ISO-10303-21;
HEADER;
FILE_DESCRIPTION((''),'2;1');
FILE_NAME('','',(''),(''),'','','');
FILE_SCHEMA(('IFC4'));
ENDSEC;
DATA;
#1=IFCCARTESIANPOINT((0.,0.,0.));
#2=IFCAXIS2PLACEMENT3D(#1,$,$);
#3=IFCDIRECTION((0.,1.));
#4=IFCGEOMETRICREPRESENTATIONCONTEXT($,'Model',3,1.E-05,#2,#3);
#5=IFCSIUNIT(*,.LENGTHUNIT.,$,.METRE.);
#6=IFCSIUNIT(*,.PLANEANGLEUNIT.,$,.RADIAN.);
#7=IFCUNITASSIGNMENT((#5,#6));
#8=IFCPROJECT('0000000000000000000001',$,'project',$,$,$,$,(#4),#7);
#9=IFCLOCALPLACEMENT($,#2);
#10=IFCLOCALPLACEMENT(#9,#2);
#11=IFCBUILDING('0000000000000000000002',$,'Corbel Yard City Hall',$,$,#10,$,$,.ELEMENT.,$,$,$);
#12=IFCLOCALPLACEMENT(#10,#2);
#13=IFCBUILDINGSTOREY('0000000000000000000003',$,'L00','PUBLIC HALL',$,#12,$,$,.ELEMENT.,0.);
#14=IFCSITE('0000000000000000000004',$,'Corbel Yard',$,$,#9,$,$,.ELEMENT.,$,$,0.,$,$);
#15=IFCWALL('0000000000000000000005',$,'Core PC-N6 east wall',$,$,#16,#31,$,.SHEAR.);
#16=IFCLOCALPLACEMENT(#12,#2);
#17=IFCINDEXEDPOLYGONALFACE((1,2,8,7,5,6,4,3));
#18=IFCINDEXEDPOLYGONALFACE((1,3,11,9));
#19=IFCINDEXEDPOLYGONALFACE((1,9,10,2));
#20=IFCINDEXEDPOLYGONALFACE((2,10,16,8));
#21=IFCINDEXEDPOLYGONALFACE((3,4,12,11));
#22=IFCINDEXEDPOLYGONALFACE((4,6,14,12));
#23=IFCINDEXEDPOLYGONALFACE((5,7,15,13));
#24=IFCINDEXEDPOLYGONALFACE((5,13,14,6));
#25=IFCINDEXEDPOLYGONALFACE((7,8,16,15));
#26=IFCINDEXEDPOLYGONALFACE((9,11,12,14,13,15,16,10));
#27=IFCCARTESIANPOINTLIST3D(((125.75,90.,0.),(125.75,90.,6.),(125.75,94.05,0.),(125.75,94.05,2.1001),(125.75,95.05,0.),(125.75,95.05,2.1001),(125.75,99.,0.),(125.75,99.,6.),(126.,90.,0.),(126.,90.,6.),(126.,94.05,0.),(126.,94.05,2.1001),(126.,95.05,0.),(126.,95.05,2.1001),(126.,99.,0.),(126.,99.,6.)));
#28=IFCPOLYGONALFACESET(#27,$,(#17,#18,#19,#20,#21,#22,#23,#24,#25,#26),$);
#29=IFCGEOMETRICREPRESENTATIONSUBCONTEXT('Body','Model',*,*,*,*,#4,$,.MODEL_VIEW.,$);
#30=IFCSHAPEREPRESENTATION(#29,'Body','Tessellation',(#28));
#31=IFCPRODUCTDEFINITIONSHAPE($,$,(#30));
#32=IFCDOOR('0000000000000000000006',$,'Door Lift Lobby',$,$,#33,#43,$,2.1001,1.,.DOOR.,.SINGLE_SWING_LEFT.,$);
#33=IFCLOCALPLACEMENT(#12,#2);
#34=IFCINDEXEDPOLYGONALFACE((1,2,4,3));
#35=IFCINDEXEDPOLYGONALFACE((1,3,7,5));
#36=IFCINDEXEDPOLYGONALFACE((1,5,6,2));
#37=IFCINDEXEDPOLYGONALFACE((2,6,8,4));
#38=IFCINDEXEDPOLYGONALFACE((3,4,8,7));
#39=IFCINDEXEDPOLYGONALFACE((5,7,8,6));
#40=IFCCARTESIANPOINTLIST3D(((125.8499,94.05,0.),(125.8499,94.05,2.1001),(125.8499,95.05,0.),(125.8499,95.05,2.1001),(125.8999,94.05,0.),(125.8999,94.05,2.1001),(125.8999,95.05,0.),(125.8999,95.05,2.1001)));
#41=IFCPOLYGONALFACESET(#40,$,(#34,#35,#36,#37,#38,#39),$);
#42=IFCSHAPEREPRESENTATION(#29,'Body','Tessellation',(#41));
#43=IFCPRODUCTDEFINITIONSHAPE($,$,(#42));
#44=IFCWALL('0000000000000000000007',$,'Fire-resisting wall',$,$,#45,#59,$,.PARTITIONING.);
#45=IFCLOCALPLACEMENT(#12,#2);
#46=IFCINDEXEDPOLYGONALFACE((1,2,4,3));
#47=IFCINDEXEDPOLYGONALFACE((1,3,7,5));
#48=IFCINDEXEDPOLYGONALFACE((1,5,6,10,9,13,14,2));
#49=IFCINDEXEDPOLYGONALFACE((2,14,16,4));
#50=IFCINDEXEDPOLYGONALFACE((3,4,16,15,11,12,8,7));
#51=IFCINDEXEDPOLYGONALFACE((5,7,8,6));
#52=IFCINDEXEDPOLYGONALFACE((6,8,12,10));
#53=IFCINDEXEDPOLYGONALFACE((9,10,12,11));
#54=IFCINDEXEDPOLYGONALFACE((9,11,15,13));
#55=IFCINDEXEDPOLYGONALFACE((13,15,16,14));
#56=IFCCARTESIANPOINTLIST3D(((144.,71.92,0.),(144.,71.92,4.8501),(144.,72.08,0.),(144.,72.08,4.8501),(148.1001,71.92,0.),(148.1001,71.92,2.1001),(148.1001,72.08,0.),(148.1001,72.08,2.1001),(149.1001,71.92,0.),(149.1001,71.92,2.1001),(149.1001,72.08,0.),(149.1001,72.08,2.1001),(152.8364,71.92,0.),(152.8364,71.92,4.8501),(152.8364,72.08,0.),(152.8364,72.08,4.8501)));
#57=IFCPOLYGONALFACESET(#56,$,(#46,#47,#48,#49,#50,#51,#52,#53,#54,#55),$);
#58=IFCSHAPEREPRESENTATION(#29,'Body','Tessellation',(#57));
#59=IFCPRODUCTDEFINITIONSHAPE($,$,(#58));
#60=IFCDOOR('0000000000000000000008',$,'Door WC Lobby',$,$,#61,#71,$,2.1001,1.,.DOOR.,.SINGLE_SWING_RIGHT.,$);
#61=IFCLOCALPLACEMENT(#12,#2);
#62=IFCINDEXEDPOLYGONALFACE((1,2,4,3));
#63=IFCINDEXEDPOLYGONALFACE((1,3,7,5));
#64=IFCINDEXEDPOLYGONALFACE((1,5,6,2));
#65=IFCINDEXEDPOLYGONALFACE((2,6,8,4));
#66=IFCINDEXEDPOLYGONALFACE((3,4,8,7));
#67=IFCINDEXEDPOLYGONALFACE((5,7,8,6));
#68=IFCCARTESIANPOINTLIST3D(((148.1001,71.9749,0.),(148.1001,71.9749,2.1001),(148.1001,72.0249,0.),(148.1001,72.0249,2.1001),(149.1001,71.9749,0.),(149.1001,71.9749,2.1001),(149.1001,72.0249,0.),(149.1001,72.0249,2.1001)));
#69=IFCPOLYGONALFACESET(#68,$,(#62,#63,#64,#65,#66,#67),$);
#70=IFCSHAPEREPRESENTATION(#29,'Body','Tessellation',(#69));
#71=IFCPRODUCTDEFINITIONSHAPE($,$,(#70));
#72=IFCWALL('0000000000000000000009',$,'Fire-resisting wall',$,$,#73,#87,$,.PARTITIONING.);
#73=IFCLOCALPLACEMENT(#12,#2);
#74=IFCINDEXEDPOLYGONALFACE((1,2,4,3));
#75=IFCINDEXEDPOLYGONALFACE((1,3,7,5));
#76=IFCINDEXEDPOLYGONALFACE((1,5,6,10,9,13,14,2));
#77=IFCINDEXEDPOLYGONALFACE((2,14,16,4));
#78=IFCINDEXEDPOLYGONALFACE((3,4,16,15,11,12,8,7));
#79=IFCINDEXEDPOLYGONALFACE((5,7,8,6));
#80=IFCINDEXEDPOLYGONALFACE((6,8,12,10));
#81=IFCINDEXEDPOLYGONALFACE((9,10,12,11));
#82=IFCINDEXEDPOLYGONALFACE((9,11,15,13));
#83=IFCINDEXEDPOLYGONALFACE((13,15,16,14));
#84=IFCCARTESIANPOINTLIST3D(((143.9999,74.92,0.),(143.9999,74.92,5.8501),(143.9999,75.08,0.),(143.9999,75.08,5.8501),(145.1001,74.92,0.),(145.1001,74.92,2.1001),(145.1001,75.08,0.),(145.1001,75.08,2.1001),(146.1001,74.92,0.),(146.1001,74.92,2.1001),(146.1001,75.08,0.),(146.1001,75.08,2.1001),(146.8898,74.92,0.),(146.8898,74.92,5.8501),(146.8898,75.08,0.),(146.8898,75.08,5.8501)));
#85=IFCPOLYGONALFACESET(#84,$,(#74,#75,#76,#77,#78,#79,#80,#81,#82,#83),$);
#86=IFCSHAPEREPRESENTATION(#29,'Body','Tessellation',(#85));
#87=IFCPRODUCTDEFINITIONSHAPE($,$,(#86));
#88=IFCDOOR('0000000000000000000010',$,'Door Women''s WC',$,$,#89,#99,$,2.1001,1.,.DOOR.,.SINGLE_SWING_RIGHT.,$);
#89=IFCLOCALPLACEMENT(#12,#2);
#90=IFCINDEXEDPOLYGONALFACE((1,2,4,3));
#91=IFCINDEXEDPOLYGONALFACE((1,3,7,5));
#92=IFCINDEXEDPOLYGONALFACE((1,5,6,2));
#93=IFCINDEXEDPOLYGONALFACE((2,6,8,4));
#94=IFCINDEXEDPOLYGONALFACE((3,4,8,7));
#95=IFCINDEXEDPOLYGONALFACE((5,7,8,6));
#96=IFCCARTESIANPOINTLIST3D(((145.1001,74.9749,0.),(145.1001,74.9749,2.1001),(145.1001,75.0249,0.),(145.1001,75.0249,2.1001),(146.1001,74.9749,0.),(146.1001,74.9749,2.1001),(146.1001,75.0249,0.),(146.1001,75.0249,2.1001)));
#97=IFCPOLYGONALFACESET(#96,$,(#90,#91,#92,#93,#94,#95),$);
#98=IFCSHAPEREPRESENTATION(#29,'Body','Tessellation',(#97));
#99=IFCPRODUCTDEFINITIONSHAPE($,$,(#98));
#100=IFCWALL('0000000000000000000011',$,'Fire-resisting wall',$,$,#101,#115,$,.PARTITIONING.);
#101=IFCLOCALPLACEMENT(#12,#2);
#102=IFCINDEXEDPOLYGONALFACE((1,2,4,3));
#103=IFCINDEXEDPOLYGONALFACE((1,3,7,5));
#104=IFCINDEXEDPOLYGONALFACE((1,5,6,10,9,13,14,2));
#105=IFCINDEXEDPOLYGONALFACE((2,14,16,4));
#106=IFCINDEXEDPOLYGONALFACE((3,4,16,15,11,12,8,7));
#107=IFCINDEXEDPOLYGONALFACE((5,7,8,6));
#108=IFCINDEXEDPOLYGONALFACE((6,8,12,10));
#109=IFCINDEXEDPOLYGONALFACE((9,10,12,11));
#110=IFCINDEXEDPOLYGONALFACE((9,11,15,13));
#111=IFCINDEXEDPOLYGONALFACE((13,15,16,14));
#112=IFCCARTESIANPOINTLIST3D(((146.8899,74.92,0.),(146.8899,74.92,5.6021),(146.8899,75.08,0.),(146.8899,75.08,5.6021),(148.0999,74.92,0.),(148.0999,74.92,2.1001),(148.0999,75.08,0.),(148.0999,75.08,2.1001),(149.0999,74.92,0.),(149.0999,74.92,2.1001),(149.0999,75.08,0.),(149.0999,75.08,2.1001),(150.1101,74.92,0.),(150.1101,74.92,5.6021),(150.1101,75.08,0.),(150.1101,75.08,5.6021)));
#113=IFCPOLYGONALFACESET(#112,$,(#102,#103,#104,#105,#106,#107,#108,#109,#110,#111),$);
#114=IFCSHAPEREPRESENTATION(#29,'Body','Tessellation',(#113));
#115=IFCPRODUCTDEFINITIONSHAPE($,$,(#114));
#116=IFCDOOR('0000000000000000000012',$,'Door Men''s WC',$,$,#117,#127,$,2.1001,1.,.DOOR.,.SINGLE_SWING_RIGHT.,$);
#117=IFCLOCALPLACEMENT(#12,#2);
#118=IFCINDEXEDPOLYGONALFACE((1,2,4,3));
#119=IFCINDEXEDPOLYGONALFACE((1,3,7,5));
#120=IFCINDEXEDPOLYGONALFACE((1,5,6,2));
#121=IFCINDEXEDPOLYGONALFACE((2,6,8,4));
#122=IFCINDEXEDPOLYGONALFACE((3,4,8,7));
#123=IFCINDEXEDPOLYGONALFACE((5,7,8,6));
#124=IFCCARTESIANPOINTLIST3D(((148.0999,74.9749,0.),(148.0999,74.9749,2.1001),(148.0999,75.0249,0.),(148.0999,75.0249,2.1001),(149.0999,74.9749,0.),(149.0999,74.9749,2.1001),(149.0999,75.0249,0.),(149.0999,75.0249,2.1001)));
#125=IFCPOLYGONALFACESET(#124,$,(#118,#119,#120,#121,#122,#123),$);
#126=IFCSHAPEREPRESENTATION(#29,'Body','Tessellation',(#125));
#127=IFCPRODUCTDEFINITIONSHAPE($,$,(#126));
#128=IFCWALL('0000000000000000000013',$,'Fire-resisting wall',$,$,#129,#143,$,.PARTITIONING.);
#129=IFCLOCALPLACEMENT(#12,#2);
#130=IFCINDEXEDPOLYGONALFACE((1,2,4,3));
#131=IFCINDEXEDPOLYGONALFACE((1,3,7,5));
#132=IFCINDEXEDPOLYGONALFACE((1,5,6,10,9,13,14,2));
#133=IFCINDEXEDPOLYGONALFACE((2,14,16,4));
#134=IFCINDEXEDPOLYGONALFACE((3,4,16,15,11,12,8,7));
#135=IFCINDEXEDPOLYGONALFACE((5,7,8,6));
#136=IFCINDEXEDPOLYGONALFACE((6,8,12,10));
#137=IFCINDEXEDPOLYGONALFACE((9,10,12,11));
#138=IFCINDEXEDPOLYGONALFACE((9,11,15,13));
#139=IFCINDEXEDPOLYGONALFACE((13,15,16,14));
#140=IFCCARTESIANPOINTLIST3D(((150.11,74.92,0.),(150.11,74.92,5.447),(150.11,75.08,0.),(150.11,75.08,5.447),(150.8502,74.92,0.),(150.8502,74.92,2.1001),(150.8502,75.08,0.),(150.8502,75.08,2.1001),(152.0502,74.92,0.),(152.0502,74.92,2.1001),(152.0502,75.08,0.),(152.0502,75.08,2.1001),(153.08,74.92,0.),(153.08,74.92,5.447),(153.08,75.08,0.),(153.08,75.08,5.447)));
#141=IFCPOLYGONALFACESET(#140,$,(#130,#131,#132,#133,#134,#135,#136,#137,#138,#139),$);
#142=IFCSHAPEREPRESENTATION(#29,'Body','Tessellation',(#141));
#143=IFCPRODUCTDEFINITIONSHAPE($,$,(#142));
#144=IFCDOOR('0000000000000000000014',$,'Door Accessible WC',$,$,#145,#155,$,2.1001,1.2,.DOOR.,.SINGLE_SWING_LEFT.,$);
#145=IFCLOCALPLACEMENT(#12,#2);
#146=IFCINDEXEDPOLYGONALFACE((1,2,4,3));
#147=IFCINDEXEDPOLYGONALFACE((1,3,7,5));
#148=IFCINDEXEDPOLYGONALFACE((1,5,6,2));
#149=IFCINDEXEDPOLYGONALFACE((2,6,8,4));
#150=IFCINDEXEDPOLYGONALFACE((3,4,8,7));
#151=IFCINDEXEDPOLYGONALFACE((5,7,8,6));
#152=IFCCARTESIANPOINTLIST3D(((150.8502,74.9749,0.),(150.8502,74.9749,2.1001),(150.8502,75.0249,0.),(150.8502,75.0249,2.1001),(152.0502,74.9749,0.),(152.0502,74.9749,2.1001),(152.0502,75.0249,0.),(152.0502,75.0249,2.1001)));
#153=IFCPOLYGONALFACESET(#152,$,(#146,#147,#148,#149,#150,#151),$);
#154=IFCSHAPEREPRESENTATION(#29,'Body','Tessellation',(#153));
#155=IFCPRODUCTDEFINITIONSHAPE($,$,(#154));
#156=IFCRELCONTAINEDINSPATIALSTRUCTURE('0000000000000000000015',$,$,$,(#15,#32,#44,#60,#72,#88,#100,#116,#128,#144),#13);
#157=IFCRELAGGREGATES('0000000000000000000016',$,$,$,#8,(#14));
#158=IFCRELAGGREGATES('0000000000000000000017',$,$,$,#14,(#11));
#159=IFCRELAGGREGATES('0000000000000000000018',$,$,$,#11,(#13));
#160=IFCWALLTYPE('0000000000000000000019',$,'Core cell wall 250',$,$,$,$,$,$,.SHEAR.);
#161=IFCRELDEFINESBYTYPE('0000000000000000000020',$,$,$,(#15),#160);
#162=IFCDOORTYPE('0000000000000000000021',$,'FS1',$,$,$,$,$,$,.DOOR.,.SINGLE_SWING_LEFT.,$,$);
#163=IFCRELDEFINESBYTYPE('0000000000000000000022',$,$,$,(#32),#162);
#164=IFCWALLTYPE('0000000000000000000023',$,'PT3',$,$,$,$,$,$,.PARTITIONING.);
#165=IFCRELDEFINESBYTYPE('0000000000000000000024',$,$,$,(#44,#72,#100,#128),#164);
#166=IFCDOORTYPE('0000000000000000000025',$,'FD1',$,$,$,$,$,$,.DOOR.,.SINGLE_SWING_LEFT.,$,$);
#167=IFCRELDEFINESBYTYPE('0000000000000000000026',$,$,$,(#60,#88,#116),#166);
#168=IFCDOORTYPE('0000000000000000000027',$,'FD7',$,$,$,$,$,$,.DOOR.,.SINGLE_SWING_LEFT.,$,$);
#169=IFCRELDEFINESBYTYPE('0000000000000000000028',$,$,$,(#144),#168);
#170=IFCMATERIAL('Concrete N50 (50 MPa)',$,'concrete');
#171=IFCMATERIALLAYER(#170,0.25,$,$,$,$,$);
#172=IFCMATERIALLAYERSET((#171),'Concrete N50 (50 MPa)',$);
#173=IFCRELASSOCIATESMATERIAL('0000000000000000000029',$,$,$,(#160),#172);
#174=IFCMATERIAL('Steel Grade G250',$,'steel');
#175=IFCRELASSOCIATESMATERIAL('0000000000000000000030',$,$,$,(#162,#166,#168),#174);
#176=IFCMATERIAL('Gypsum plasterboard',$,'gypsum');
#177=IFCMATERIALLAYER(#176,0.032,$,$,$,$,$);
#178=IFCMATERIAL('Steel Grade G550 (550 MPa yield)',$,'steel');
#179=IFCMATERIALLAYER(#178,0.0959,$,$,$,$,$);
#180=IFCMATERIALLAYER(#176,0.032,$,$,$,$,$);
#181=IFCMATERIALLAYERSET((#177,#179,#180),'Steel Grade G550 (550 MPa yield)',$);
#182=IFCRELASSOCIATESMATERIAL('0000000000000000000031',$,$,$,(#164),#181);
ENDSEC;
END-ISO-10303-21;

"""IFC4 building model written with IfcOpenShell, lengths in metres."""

from ifc_helpers import new_model, si_unit, direction, frame, frame_2d, origin, place, context, subcontext, project, spatial, rectangle, extrude, material, layer, layer_set, type_object, element, fill, save


model = new_model("IFC4")

# Units and contexts
model_context = context("Model", 3, precision=1e-05, world=origin(), true_north=direction((0.0, 1.0)))
body_context = subcontext(model_context, "Body", "Model", "MODEL_VIEW")
ifc_project = project(units=[si_unit("LENGTHUNIT", "METRE"), si_unit("PLANEANGLEUNIT", "RADIAN")], contexts=[model_context])

# Site, building, storey
site_placement = place(None, origin())
site = spatial("IfcSite", under=ifc_project, at=site_placement, Name="Corbel Yard", CompositionType="ELEMENT", RefElevation=0.0)
building_placement = place(site_placement, origin())
building = spatial("IfcBuilding", under=site, at=building_placement, Name="Corbel Yard City Hall", CompositionType="ELEMENT")
storey_placement = place(building_placement, origin())
storey = spatial("IfcBuildingStorey", under=building, at=storey_placement, Name="L00", Description="PUBLIC HALL", CompositionType="ELEMENT", Elevation=0.0)

# Walls, openings, doors
ifc_material_1 = material(Name="Concrete N50 (50 MPa)", Category="concrete")
ifc_layer_1 = layer(ifc_material_1, 0.25)
ifc_layer_set_1 = layer_set([ifc_layer_1], Name="Concrete N50 (50 MPa)")
wall_type_1 = type_object("IfcWallType", Name="Core cell wall 250", PredefinedType="SHEAR", material=ifc_layer_set_1)
wall_1_placement = place(storey_placement, frame((125.875, 90.0, 0.0), z_axis=(0.0, 0.0, 1.0), x_axis=(0.0, 1.0, 0.0)))
wall_1 = element("IfcWall", 1, at=wall_1_placement, inside=storey, type_object=wall_type_1, Name="Core PC-N6 east wall", PredefinedType="SHEAR", context=body_context, shape_type="SweptSolid", body=[
    extrude(rectangle(XDim=9.0, YDim=0.25, at=frame_2d((4.5, 0.0))), origin(), (0.0, 0.0, 1.0), 6.0),
])
opening_1_placement = place(wall_1_placement, frame((4.05, 0.0, 0.0)))
opening_1 = element("IfcOpeningElement", 2, at=opening_1_placement, cuts=wall_1, PredefinedType="OPENING", context=body_context, shape_type="SweptSolid", body=[
    extrude(rectangle(XDim=1.0, YDim=2.1001, at=frame_2d((0.5, 1.05))), frame((0.0, 0.135, 0.0), z_axis=(0.0, -1.0, 0.0), x_axis=(1.0, 0.0, 0.0)), (0.0, 0.0, 1.0), 0.27),
])
ifc_material_2 = material(Name="Steel Grade G250", Category="steel")
door_type_1 = type_object("IfcDoorType", Name="FS1", OperationType="SINGLE_SWING_LEFT", PredefinedType="DOOR", material=ifc_material_2)
door_1_placement = place(opening_1_placement, frame((1.0, 0.0, 0.0), z_axis=(0.0, 0.0, 1.0), x_axis=(-1.0, 0.0, 0.0)))
door_1 = element("IfcDoor", 3, at=door_1_placement, inside=storey, type_object=door_type_1, Name="Door Lift Lobby", OperationType="SINGLE_SWING_LEFT", OverallHeight=2.1001, OverallWidth=1.0, PredefinedType="DOOR", context=body_context, shape_type="SweptSolid", body=[
    extrude(rectangle(XDim=1.0, YDim=2.1001, at=frame_2d((0.5, 1.05))), frame((0.0, 0.0249, 0.0), z_axis=(0.0, -1.0, 0.0), x_axis=(1.0, 0.0, 0.0)), (0.0, 0.0, 1.0), 0.05),
])
fill(opening_1, door_1)
ifc_material_3 = material(Name="Gypsum plasterboard", Category="gypsum")
ifc_layer_2 = layer(ifc_material_3, 0.032)
ifc_material_4 = material(Name="Steel Grade G550 (550 MPa yield)", Category="steel")
ifc_layer_3 = layer(ifc_material_4, 0.0959)
ifc_layer_4 = layer(ifc_material_3, 0.032)
ifc_layer_set_2 = layer_set([ifc_layer_2, ifc_layer_3, ifc_layer_4], Name="Steel Grade G550 (550 MPa yield)")
wall_type_2 = type_object("IfcWallType", Name="PT3", PredefinedType="PARTITIONING", material=ifc_layer_set_2)
wall_2_placement = place(storey_placement, frame((144.0, 72.0, 0.0), z_axis=(0.0, 0.0, 1.0), x_axis=(1.0, 0.0, 0.0)))
wall_2 = element("IfcWall", 4, at=wall_2_placement, inside=storey, type_object=wall_type_2, Name="Fire-resisting wall", PredefinedType="PARTITIONING", context=body_context, shape_type="SweptSolid", body=[
    extrude(rectangle(XDim=8.8364, YDim=0.1599, at=frame_2d((4.4182, 0.0))), origin(), (0.0, 0.0, 1.0), 4.8501),
])
opening_2_placement = place(wall_2_placement, frame((4.1001, 0.0, 0.0)))
opening_2 = element("IfcOpeningElement", 5, at=opening_2_placement, cuts=wall_2, PredefinedType="OPENING", context=body_context, shape_type="SweptSolid", body=[
    extrude(rectangle(XDim=1.0, YDim=2.1001, at=frame_2d((0.5, 1.05))), frame((0.0, 0.0898, 0.0), z_axis=(0.0, -1.0, 0.0), x_axis=(1.0, 0.0, 0.0)), (0.0, 0.0, 1.0), 0.1799),
])
door_type_2 = type_object("IfcDoorType", Name="FD1", OperationType="SINGLE_SWING_LEFT", PredefinedType="DOOR", material=ifc_material_2)
door_2_placement = place(opening_2_placement, origin())
door_2 = element("IfcDoor", 6, at=door_2_placement, inside=storey, type_object=door_type_2, Name="Door WC Lobby", OperationType="SINGLE_SWING_RIGHT", OverallHeight=2.1001, OverallWidth=1.0, PredefinedType="DOOR", context=body_context, shape_type="SweptSolid", body=[
    extrude(rectangle(XDim=1.0, YDim=2.1001, at=frame_2d((0.5, 1.05))), frame((0.0, 0.0249, 0.0), z_axis=(0.0, -1.0, 0.0), x_axis=(1.0, 0.0, 0.0)), (0.0, 0.0, 1.0), 0.05),
])
fill(opening_2, door_2)
wall_3_placement = place(storey_placement, frame((144.0, 75.0, 0.0), z_axis=(0.0, 0.0, 1.0), x_axis=(1.0, 0.0, 0.0)))
wall_3 = element("IfcWall", 7, at=wall_3_placement, inside=storey, type_object=wall_type_2, Name="Fire-resisting wall", PredefinedType="PARTITIONING", context=body_context, shape_type="SweptSolid", body=[
    extrude(rectangle(XDim=2.8899, YDim=0.1599, at=frame_2d((1.4448, 0.0))), origin(), (0.0, 0.0, 1.0), 5.8501),
])
opening_3_placement = place(wall_3_placement, frame((1.1001, 0.0, 0.0)))
opening_3 = element("IfcOpeningElement", 8, at=opening_3_placement, cuts=wall_3, PredefinedType="OPENING", context=body_context, shape_type="SweptSolid", body=[
    extrude(rectangle(XDim=1.0, YDim=2.1001, at=frame_2d((0.5, 1.05))), frame((0.0, 0.0898, 0.0), z_axis=(0.0, -1.0, 0.0), x_axis=(1.0, 0.0, 0.0)), (0.0, 0.0, 1.0), 0.1799),
])
door_3_placement = place(opening_3_placement, origin())
door_3 = element("IfcDoor", 9, at=door_3_placement, inside=storey, type_object=door_type_2, Name="Door Women's WC", OperationType="SINGLE_SWING_RIGHT", OverallHeight=2.1001, OverallWidth=1.0, PredefinedType="DOOR", context=body_context, shape_type="SweptSolid", body=[
    extrude(rectangle(XDim=1.0, YDim=2.1001, at=frame_2d((0.5, 1.05))), frame((0.0, 0.0249, 0.0), z_axis=(0.0, -1.0, 0.0), x_axis=(1.0, 0.0, 0.0)), (0.0, 0.0, 1.0), 0.05),
])
fill(opening_3, door_3)
wall_4_placement = place(storey_placement, frame((146.8899, 75.0, 0.0), z_axis=(0.0, 0.0, 1.0), x_axis=(1.0, 0.0, 0.0)))
wall_4 = element("IfcWall", 10, at=wall_4_placement, inside=storey, type_object=wall_type_2, Name="Fire-resisting wall", PredefinedType="PARTITIONING", context=body_context, shape_type="SweptSolid", body=[
    extrude(rectangle(XDim=3.2202, YDim=0.1599, at=frame_2d((1.6101, 0.0))), origin(), (0.0, 0.0, 1.0), 5.6021),
])
opening_4_placement = place(wall_4_placement, frame((1.21, 0.0, 0.0)))
opening_4 = element("IfcOpeningElement", 11, at=opening_4_placement, cuts=wall_4, PredefinedType="OPENING", context=body_context, shape_type="SweptSolid", body=[
    extrude(rectangle(XDim=1.0, YDim=2.1001, at=frame_2d((0.5, 1.05))), frame((0.0, 0.0898, 0.0), z_axis=(0.0, -1.0, 0.0), x_axis=(1.0, 0.0, 0.0)), (0.0, 0.0, 1.0), 0.1799),
])
door_4_placement = place(opening_4_placement, origin())
door_4 = element("IfcDoor", 12, at=door_4_placement, inside=storey, type_object=door_type_2, Name="Door Men's WC", OperationType="SINGLE_SWING_RIGHT", OverallHeight=2.1001, OverallWidth=1.0, PredefinedType="DOOR", context=body_context, shape_type="SweptSolid", body=[
    extrude(rectangle(XDim=1.0, YDim=2.1001, at=frame_2d((0.5, 1.05))), frame((0.0, 0.0249, 0.0), z_axis=(0.0, -1.0, 0.0), x_axis=(1.0, 0.0, 0.0)), (0.0, 0.0, 1.0), 0.05),
])
fill(opening_4, door_4)
wall_5_placement = place(storey_placement, frame((150.1101, 75.0, 0.0), z_axis=(0.0, 0.0, 1.0), x_axis=(1.0, 0.0, 0.0)))
wall_5 = element("IfcWall", 13, at=wall_5_placement, inside=storey, type_object=wall_type_2, Name="Fire-resisting wall", PredefinedType="PARTITIONING", context=body_context, shape_type="SweptSolid", body=[
    extrude(rectangle(XDim=2.97, YDim=0.1599, at=frame_2d((1.4849, 0.0))), origin(), (0.0, 0.0, 1.0), 5.447),
])
opening_5_placement = place(wall_5_placement, frame((0.74, 0.0, 0.0)))
opening_5 = element("IfcOpeningElement", 14, at=opening_5_placement, cuts=wall_5, PredefinedType="OPENING", context=body_context, shape_type="SweptSolid", body=[
    extrude(rectangle(XDim=1.2, YDim=2.1001, at=frame_2d((0.6001, 1.05))), frame((0.0, 0.0898, 0.0), z_axis=(0.0, -1.0, 0.0), x_axis=(1.0, 0.0, 0.0)), (0.0, 0.0, 1.0), 0.1799),
])
door_type_3 = type_object("IfcDoorType", Name="FD7", OperationType="SINGLE_SWING_LEFT", PredefinedType="DOOR", material=ifc_material_2)
door_5_placement = place(opening_5_placement, origin())
door_5 = element("IfcDoor", 15, at=door_5_placement, inside=storey, type_object=door_type_3, Name="Door Accessible WC", OperationType="SINGLE_SWING_LEFT", OverallHeight=2.1001, OverallWidth=1.2, PredefinedType="DOOR", context=body_context, shape_type="SweptSolid", body=[
    extrude(rectangle(XDim=1.2, YDim=2.1001, at=frame_2d((0.6001, 1.05))), frame((0.0, 0.0249, 0.0), z_axis=(0.0, -1.0, 0.0), x_axis=(1.0, 0.0, 0.0)), (0.0, 0.0, 1.0), 0.05),
])
fill(opening_5, door_5)

save(model, "model.ifc")
